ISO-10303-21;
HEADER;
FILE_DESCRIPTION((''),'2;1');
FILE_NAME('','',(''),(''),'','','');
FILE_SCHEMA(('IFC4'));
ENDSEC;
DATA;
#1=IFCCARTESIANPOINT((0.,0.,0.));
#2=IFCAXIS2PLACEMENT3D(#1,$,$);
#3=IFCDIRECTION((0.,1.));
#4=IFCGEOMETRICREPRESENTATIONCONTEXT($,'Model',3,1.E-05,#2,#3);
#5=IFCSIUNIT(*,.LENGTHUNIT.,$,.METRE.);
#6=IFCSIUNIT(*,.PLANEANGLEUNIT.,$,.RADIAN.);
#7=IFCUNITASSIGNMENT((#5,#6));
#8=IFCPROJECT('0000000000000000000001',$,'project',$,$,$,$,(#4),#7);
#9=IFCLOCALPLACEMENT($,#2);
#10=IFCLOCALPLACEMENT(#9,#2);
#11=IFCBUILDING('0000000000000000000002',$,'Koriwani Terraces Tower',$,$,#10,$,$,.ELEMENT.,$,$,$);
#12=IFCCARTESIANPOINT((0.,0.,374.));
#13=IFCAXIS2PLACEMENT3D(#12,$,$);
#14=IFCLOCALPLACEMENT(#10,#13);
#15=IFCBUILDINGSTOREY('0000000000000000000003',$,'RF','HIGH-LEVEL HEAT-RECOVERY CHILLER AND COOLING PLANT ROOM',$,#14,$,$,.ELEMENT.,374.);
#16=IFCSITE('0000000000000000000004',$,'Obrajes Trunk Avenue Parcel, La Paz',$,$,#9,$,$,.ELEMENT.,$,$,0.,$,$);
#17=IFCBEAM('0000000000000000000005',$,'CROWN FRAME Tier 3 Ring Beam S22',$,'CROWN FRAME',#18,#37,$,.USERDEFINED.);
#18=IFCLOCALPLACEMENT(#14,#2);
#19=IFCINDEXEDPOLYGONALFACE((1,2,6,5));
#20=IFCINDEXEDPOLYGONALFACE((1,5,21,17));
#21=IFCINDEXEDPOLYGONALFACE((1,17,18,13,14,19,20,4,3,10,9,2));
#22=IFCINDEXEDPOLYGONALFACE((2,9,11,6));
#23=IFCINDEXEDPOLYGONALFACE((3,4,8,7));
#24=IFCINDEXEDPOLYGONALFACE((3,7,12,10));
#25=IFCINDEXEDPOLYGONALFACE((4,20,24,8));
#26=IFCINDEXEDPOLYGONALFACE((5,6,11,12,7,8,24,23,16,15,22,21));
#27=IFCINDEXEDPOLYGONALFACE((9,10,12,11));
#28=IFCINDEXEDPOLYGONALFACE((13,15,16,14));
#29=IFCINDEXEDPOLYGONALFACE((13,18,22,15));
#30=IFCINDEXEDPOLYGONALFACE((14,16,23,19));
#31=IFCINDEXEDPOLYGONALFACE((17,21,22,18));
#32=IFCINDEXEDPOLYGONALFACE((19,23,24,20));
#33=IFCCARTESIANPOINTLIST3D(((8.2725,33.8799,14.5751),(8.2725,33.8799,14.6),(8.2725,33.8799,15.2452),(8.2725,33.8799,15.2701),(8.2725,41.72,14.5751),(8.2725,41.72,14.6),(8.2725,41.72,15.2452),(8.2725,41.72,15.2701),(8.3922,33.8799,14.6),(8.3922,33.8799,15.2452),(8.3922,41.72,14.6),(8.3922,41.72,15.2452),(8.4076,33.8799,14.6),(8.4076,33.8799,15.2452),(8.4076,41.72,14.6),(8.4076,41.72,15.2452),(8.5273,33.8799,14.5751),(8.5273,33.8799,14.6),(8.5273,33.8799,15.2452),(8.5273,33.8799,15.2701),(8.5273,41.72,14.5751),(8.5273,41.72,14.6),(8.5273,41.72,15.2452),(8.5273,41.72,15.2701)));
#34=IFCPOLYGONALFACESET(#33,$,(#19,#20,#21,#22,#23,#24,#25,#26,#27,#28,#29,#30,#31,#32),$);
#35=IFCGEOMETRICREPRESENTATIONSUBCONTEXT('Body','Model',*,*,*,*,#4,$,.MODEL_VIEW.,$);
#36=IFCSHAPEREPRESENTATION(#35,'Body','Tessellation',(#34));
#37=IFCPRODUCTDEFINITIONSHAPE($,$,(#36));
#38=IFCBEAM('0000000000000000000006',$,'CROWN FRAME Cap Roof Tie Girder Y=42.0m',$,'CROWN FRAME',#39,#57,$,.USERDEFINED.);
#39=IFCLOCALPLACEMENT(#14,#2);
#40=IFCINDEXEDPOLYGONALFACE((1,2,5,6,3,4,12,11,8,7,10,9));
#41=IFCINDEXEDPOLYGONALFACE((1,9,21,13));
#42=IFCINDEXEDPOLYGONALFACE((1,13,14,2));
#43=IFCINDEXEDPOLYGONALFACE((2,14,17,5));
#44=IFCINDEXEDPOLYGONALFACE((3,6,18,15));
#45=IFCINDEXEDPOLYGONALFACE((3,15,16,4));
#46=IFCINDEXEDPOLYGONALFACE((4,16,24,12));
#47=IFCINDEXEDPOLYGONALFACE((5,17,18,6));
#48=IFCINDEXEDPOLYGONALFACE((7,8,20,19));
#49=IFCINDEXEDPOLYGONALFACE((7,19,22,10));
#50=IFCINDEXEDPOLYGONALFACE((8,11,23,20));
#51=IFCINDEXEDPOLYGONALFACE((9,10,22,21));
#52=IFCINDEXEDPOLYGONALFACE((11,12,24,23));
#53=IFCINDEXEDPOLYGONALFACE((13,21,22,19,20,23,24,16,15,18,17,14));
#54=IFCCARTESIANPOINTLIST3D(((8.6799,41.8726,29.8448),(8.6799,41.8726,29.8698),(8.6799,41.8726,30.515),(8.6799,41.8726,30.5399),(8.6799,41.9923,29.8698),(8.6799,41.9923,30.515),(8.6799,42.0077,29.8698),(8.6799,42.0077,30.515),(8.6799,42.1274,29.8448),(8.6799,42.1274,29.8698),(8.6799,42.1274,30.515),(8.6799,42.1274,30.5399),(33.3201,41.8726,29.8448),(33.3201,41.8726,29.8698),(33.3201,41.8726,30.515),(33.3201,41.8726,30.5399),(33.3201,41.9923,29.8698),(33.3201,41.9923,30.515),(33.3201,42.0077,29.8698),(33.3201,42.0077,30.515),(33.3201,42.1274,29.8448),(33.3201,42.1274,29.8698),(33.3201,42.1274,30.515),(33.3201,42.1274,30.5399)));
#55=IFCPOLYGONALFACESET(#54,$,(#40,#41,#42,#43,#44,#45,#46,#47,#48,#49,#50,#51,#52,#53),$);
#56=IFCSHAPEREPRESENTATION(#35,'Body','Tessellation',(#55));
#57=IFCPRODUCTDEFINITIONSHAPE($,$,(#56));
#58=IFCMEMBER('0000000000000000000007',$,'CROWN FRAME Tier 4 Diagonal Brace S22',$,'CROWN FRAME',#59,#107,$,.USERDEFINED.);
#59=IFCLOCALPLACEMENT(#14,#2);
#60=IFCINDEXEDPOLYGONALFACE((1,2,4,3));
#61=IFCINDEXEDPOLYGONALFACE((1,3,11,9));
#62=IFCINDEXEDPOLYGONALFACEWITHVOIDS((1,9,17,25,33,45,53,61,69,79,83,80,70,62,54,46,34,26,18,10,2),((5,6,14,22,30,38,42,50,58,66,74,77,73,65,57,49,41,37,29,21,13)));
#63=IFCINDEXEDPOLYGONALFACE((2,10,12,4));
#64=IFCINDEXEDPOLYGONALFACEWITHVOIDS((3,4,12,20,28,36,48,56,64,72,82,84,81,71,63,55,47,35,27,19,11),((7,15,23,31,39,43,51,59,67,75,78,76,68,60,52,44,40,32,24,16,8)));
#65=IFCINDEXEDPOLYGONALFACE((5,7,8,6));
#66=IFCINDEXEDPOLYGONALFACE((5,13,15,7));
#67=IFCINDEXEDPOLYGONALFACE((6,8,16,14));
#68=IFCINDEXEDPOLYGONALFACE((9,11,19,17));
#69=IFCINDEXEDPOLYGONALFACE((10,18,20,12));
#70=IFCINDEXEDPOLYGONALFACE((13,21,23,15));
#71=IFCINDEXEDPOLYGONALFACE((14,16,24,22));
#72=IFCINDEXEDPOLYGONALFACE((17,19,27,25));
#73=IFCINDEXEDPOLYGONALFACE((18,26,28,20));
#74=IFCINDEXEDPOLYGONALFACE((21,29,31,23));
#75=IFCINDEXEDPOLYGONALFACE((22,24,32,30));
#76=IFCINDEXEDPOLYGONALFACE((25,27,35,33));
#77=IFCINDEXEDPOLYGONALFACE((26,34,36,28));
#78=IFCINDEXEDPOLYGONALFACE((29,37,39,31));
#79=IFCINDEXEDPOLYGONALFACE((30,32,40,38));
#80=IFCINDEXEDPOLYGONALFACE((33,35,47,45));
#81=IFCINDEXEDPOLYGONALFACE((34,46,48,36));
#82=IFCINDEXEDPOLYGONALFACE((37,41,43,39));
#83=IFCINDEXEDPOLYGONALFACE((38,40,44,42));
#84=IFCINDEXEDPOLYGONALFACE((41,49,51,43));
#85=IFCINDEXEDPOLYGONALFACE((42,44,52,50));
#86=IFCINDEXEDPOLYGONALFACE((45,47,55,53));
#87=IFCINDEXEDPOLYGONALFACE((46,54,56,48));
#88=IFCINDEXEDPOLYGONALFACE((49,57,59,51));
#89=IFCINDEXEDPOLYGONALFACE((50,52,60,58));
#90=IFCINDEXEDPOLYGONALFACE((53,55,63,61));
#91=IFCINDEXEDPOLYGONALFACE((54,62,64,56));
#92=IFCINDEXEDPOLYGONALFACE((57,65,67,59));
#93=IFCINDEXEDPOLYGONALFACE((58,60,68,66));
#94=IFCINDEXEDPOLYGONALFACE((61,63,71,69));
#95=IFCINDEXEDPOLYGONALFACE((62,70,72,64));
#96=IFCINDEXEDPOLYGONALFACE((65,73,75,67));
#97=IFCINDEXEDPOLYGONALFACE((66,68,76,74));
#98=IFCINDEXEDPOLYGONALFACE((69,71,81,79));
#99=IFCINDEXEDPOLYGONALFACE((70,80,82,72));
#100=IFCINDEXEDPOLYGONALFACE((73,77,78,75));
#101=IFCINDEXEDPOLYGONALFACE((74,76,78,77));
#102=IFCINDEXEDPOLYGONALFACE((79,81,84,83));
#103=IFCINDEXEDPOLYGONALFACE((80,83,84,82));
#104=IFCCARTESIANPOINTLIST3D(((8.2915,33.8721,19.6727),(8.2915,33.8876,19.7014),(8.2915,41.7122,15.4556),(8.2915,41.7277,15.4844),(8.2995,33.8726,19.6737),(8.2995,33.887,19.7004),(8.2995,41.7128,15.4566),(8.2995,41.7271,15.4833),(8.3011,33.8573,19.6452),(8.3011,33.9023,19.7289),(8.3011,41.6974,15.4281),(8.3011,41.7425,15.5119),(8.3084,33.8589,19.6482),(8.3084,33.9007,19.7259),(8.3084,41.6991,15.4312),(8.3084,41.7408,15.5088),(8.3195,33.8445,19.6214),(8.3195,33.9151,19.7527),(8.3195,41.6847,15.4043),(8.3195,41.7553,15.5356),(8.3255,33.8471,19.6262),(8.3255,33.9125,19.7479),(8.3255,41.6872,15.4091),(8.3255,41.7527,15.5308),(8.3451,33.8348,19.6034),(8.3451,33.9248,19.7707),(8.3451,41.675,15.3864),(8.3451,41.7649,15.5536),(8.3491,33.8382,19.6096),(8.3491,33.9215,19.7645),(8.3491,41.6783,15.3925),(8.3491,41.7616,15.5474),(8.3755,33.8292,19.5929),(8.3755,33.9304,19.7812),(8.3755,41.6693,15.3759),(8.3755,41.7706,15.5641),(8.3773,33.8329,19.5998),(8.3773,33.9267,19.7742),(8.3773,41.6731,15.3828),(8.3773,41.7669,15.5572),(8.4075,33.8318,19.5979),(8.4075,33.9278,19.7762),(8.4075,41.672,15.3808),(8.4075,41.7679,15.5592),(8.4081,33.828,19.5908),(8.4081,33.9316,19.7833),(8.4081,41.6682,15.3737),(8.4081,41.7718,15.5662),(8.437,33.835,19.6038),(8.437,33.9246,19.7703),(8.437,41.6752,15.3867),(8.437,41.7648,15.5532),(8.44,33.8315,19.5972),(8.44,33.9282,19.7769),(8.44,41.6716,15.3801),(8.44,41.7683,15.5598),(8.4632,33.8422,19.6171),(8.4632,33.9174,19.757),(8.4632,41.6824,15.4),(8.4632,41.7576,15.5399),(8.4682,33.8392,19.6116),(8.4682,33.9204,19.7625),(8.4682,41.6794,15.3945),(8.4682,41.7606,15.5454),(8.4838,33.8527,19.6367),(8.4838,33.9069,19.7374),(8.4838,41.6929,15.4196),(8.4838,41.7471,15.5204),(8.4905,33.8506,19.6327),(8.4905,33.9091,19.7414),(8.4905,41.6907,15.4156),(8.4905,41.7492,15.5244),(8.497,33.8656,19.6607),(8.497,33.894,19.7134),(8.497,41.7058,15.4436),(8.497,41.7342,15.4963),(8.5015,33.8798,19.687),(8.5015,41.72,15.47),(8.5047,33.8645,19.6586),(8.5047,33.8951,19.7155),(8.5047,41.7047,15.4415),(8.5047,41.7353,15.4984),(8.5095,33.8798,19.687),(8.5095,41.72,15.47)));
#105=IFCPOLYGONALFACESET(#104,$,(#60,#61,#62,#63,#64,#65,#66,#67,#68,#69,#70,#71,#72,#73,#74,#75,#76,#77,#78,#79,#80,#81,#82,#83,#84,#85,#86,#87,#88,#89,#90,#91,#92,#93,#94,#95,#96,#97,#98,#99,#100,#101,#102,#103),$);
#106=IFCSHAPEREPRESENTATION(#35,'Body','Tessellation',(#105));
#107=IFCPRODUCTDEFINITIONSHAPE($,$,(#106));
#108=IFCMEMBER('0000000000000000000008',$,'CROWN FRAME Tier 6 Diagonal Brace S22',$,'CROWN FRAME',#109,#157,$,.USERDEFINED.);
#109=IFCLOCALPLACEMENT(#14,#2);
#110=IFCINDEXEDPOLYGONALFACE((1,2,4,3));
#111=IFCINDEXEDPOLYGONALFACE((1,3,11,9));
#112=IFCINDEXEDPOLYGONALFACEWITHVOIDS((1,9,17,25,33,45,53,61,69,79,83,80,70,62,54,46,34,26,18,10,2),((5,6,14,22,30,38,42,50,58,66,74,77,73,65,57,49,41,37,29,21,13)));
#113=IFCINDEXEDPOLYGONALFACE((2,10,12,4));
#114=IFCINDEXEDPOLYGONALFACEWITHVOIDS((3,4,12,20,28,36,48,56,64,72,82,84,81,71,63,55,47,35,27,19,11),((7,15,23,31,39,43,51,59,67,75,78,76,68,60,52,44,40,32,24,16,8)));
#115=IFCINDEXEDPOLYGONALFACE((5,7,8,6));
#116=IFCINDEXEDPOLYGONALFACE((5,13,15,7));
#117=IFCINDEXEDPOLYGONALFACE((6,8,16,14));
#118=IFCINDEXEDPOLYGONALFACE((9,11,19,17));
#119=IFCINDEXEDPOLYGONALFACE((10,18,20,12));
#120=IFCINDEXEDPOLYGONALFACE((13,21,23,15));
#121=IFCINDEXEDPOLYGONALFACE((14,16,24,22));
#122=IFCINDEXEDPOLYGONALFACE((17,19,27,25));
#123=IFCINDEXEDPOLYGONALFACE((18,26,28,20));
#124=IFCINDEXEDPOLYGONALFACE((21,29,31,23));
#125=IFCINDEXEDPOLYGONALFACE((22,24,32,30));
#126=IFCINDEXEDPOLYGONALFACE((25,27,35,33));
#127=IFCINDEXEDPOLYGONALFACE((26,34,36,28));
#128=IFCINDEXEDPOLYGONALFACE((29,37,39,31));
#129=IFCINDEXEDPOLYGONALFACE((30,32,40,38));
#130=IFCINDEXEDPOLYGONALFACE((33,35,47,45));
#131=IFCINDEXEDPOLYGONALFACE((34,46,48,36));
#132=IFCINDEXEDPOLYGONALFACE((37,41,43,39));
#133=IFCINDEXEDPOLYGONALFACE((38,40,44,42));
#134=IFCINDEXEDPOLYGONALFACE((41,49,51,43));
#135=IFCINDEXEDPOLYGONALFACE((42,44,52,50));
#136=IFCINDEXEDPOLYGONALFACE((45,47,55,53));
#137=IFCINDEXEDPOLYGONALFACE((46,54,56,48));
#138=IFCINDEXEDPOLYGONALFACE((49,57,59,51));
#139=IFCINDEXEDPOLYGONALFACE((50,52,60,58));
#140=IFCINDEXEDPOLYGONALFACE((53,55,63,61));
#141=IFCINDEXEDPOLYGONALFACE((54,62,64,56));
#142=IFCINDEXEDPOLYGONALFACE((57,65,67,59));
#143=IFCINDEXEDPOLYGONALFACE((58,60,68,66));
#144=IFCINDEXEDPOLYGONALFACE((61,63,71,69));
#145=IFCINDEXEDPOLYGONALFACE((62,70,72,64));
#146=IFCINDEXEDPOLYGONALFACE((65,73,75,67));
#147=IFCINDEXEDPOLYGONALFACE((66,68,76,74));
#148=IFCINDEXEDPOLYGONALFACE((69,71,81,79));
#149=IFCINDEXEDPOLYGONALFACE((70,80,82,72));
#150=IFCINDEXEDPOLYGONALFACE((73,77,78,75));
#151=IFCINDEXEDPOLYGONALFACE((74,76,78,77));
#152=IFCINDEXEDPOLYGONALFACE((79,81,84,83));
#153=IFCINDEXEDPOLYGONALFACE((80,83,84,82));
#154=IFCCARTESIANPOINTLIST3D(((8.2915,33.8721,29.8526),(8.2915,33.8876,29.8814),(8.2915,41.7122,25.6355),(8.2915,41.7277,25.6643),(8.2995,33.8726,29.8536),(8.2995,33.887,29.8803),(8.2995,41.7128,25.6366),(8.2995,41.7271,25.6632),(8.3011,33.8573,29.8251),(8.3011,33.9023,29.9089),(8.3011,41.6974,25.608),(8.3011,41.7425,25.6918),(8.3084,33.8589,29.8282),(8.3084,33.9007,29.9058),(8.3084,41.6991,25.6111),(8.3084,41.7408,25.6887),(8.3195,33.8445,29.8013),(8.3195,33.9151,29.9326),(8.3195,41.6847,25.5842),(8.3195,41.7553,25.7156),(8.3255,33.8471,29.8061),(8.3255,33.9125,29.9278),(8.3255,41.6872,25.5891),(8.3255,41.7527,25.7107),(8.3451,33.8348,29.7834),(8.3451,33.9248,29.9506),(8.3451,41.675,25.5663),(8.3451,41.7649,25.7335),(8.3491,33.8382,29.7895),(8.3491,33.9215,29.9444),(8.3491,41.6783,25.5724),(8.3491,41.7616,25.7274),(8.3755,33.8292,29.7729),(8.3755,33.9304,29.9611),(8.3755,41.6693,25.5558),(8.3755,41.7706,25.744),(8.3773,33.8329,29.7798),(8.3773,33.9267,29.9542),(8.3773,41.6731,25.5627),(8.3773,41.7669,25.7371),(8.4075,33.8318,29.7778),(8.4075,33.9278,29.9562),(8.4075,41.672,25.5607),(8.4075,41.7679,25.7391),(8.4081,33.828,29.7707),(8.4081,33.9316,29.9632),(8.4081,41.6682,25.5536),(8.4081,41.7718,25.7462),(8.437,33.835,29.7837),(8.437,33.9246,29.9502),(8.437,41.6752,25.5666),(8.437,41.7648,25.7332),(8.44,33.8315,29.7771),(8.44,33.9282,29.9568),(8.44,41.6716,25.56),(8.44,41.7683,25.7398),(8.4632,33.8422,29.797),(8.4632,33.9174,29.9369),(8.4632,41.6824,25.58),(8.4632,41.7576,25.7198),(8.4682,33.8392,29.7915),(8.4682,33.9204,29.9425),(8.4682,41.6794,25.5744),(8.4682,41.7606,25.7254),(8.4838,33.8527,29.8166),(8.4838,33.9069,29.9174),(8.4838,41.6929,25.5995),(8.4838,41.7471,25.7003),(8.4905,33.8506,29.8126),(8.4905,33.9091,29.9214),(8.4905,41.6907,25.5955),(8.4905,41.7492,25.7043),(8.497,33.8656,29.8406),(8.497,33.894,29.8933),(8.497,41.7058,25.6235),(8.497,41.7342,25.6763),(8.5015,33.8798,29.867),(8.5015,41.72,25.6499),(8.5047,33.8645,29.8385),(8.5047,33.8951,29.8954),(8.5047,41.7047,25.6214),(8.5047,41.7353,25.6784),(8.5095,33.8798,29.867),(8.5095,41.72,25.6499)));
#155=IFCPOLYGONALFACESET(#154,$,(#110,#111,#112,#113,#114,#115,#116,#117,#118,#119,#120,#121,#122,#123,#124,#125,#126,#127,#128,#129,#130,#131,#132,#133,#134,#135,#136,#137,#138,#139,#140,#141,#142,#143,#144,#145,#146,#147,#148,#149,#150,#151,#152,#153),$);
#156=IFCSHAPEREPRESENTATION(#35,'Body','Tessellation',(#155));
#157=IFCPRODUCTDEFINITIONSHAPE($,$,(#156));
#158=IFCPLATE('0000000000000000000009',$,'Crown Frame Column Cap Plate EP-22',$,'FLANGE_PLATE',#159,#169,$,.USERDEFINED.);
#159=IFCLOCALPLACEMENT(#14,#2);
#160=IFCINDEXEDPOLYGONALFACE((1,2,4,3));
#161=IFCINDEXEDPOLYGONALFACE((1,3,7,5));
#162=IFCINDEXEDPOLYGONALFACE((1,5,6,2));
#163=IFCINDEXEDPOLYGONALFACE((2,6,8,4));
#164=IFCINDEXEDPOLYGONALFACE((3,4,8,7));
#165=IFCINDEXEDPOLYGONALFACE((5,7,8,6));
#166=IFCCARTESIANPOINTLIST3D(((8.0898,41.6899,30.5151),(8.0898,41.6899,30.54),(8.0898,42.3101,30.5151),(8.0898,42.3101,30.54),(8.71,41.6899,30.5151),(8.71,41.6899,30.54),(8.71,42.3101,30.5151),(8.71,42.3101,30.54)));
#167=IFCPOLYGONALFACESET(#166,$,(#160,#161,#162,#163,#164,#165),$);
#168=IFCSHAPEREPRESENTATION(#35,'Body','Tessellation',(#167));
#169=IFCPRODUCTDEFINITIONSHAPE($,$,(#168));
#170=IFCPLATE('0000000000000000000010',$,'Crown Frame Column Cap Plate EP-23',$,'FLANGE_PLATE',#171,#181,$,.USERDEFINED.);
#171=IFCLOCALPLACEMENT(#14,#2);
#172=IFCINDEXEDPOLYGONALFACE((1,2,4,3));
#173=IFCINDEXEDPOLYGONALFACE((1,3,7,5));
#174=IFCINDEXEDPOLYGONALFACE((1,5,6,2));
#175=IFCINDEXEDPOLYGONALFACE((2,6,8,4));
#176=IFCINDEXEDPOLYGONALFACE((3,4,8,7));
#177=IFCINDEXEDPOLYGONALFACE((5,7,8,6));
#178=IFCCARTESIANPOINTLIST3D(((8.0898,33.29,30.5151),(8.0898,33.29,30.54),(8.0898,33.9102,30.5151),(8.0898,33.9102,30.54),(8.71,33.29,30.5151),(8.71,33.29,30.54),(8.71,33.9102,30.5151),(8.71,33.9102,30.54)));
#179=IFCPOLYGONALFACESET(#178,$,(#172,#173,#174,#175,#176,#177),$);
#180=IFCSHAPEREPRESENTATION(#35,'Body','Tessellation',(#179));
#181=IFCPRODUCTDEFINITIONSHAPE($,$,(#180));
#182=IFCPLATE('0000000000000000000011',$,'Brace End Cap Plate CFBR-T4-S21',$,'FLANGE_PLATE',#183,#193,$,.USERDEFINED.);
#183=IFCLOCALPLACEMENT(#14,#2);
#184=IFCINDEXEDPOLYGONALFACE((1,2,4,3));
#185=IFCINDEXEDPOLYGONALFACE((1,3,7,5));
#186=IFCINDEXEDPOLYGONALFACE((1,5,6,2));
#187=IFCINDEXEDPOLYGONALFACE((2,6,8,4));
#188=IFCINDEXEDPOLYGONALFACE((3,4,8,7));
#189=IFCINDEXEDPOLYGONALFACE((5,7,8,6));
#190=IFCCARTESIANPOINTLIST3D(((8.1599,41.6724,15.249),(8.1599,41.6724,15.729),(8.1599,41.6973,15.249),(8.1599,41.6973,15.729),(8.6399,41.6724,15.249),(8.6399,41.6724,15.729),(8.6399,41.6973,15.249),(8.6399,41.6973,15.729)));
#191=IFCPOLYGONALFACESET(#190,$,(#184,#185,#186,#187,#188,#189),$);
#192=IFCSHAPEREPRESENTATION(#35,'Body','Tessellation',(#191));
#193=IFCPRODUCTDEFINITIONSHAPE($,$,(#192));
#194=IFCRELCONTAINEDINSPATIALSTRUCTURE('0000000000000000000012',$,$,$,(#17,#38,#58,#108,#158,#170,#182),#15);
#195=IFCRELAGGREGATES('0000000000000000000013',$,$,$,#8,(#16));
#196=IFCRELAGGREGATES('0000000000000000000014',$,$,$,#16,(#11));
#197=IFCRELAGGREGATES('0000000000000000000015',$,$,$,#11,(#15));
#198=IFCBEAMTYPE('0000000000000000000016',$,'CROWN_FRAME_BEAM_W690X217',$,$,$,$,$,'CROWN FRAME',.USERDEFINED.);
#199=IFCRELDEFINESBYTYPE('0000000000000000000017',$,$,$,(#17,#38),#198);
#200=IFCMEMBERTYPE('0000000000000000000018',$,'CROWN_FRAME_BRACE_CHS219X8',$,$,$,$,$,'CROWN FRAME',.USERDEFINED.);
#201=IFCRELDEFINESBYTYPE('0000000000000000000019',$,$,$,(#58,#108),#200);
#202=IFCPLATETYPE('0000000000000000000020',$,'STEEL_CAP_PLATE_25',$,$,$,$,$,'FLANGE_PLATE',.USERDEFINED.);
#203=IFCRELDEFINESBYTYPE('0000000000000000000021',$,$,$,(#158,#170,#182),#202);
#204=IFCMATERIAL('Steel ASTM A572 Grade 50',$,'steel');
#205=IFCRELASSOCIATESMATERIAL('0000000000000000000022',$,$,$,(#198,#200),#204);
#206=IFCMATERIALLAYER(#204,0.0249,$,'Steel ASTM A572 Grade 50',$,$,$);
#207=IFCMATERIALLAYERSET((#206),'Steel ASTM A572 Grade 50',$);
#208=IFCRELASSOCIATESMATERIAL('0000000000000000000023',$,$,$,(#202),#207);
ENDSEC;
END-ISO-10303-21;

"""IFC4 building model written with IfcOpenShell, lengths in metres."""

from ifc_helpers import new_model, si_unit, direction, frame, origin, origin_2d, place, context, subcontext, project, spatial, rectangle, hollow_circle, i_section, extrude, material, layer, layer_set, material_profile, profile_set, type_object, element, save


model = new_model("IFC4")

# Units and contexts
model_context = context("Model", 3, precision=1e-05, world=origin(), true_north=direction((0.0, 1.0)))
body_context = subcontext(model_context, "Body", "Model", "MODEL_VIEW")
ifc_project = project(units=[si_unit("LENGTHUNIT", "METRE"), si_unit("PLANEANGLEUNIT", "RADIAN")], contexts=[model_context])

# Site, building, storey
site_placement = place(None, origin())
site = spatial("IfcSite", under=ifc_project, at=site_placement, Name="Obrajes Trunk Avenue Parcel, La Paz", CompositionType="ELEMENT", RefElevation=0.0)
building_placement = place(site_placement, origin())
building = spatial("IfcBuilding", under=site, at=building_placement, Name="Koriwani Terraces Tower", CompositionType="ELEMENT")
storey_placement = place(building_placement, frame((0.0, 0.0, 374.0)))
storey = spatial("IfcBuildingStorey", under=building, at=storey_placement, Name="RF", Description="HIGH-LEVEL HEAT-RECOVERY CHILLER AND COOLING PLANT ROOM", CompositionType="ELEMENT", Elevation=374.0)

# Shared definitions
ifc_material_1 = material(Name="Steel ASTM A572 Grade 50", Category="steel")

# Beams
ifc_material_profile_1 = material_profile(ifc_material_1, i_section(OverallWidth=0.2549, OverallDepth=0.6951, WebThickness=0.0154, FlangeThickness=0.0249, at=origin_2d()), Name="Steel ASTM A572 Grade 50", Category="LoadBearing")
ifc_profile_set_1 = profile_set([ifc_material_profile_1], Name="Steel ASTM A572 Grade 50")
beam_type_1 = type_object("IfcBeamType", Name="CROWN_FRAME_BEAM_W690X217", ElementType="CROWN FRAME", PredefinedType="USERDEFINED", material=ifc_profile_set_1)
beam_1_placement = place(storey_placement, frame((8.3999, 41.72, 14.9226), z_axis=(0.0, -1.0, 0.0), x_axis=(1.0, 0.0, 0.0)))
element("IfcBeam", 1, at=beam_1_placement, inside=storey, type_object=beam_type_1, Name="CROWN FRAME Tier 3 Ring Beam S22", ObjectType="CROWN FRAME", PredefinedType="USERDEFINED", context=body_context, shape_type="SweptSolid", body=[
    extrude(i_section(OverallWidth=0.2549, OverallDepth=0.6951, WebThickness=0.0154, FlangeThickness=0.0249, at=origin_2d()), origin(), (0.0, 0.0, 1.0), 7.8401),
])
beam_2_placement = place(storey_placement, frame((8.6799, 42.0, 30.1924), z_axis=(1.0, 0.0, 0.0), x_axis=(0.0, 1.0, 0.0)))
element("IfcBeam", 2, at=beam_2_placement, inside=storey, type_object=beam_type_1, Name="CROWN FRAME Cap Roof Tie Girder Y=42.0m", ObjectType="CROWN FRAME", PredefinedType="USERDEFINED", context=body_context, shape_type="SweptSolid", body=[
    extrude(i_section(OverallWidth=0.2549, OverallDepth=0.6951, WebThickness=0.0154, FlangeThickness=0.0249, at=origin_2d()), origin(), (0.0, 0.0, 1.0), 24.6401),
])

# Members
ifc_material_profile_2 = material_profile(ifc_material_1, hollow_circle(Radius=0.1096, WallThickness=0.0081, at=origin_2d()), Name="Steel ASTM A572 Grade 50", Category="LoadBearing")
ifc_profile_set_2 = profile_set([ifc_material_profile_2], Name="Steel ASTM A572 Grade 50")
member_type = type_object("IfcMemberType", Name="CROWN_FRAME_BRACE_CHS219X8", ElementType="CROWN FRAME", PredefinedType="USERDEFINED", material=ifc_profile_set_2)
for number, where, z_axis, x_axis, name in (
    (3, (8.3999, 41.72, 15.47), (0.0, -0.880684, 0.473704), (1.0, 0.0, 0.0), "CROWN FRAME Tier 4 Diagonal Brace S22"),
    (4, (8.3999, 41.72, 25.6499), (0.0, -0.880684, 0.473704), (1.0, 0.0, 0.0), "CROWN FRAME Tier 6 Diagonal Brace S22"),
):
    element("IfcMember", number, at=place(storey_placement, frame(where, z_axis=z_axis, x_axis=x_axis)), inside=storey, type_object=member_type, Name=name, ObjectType="CROWN FRAME", PredefinedType="USERDEFINED", context=body_context, shape_type="SweptSolid", body=[
        extrude(hollow_circle(Radius=0.1096, WallThickness=0.0081, at=origin_2d()), origin(), (0.0, 0.0, 1.0), 8.9023),
    ])

# Plates
ifc_layer_1 = layer(ifc_material_1, 0.0249, Name="Steel ASTM A572 Grade 50")
ifc_layer_set_1 = layer_set([ifc_layer_1], Name="Steel ASTM A572 Grade 50")
plate_type_1 = type_object("IfcPlateType", Name="STEEL_CAP_PLATE_25", ElementType="FLANGE_PLATE", PredefinedType="USERDEFINED", material=ifc_layer_set_1)
for number, where, z_axis, x_axis, name in (
    (5, (8.3999, 42.0, 30.5151), (0.0, 0.0, 1.0), (1.0, 0.0, 0.0), "Crown Frame Column Cap Plate EP-22"),
    (6, (8.3999, 33.6001, 30.5151), (0.0, 0.0, 1.0), (1.0, 0.0, 0.0), "Crown Frame Column Cap Plate EP-23"),
):
    element("IfcPlate", number, at=place(storey_placement, frame(where, z_axis=z_axis, x_axis=x_axis)), inside=storey, type_object=plate_type_1, Name=name, ObjectType="FLANGE_PLATE", PredefinedType="USERDEFINED", context=body_context, shape_type="SweptSolid", body=[
        extrude(rectangle(XDim=0.6201, YDim=0.6201, at=origin_2d()), origin(), (0.0, 0.0, 1.0), 0.0249),
    ])
for number, where, z_axis, x_axis, name in (
    (7, (8.3999, 41.6848, 15.249), (0.0, 0.0, 1.0), (0.0, -1.0, 0.0), "Brace End Cap Plate CFBR-T4-S21"),
):
    element("IfcPlate", number, at=place(storey_placement, frame(where, z_axis=z_axis, x_axis=x_axis)), inside=storey, type_object=plate_type_1, Name=name, ObjectType="FLANGE_PLATE", PredefinedType="USERDEFINED", context=body_context, shape_type="SweptSolid", body=[
        extrude(rectangle(XDim=0.0249, YDim=0.48, at=origin_2d()), origin(), (0.0, 0.0, 1.0), 0.48),
    ])

save(model, "model.ifc")
